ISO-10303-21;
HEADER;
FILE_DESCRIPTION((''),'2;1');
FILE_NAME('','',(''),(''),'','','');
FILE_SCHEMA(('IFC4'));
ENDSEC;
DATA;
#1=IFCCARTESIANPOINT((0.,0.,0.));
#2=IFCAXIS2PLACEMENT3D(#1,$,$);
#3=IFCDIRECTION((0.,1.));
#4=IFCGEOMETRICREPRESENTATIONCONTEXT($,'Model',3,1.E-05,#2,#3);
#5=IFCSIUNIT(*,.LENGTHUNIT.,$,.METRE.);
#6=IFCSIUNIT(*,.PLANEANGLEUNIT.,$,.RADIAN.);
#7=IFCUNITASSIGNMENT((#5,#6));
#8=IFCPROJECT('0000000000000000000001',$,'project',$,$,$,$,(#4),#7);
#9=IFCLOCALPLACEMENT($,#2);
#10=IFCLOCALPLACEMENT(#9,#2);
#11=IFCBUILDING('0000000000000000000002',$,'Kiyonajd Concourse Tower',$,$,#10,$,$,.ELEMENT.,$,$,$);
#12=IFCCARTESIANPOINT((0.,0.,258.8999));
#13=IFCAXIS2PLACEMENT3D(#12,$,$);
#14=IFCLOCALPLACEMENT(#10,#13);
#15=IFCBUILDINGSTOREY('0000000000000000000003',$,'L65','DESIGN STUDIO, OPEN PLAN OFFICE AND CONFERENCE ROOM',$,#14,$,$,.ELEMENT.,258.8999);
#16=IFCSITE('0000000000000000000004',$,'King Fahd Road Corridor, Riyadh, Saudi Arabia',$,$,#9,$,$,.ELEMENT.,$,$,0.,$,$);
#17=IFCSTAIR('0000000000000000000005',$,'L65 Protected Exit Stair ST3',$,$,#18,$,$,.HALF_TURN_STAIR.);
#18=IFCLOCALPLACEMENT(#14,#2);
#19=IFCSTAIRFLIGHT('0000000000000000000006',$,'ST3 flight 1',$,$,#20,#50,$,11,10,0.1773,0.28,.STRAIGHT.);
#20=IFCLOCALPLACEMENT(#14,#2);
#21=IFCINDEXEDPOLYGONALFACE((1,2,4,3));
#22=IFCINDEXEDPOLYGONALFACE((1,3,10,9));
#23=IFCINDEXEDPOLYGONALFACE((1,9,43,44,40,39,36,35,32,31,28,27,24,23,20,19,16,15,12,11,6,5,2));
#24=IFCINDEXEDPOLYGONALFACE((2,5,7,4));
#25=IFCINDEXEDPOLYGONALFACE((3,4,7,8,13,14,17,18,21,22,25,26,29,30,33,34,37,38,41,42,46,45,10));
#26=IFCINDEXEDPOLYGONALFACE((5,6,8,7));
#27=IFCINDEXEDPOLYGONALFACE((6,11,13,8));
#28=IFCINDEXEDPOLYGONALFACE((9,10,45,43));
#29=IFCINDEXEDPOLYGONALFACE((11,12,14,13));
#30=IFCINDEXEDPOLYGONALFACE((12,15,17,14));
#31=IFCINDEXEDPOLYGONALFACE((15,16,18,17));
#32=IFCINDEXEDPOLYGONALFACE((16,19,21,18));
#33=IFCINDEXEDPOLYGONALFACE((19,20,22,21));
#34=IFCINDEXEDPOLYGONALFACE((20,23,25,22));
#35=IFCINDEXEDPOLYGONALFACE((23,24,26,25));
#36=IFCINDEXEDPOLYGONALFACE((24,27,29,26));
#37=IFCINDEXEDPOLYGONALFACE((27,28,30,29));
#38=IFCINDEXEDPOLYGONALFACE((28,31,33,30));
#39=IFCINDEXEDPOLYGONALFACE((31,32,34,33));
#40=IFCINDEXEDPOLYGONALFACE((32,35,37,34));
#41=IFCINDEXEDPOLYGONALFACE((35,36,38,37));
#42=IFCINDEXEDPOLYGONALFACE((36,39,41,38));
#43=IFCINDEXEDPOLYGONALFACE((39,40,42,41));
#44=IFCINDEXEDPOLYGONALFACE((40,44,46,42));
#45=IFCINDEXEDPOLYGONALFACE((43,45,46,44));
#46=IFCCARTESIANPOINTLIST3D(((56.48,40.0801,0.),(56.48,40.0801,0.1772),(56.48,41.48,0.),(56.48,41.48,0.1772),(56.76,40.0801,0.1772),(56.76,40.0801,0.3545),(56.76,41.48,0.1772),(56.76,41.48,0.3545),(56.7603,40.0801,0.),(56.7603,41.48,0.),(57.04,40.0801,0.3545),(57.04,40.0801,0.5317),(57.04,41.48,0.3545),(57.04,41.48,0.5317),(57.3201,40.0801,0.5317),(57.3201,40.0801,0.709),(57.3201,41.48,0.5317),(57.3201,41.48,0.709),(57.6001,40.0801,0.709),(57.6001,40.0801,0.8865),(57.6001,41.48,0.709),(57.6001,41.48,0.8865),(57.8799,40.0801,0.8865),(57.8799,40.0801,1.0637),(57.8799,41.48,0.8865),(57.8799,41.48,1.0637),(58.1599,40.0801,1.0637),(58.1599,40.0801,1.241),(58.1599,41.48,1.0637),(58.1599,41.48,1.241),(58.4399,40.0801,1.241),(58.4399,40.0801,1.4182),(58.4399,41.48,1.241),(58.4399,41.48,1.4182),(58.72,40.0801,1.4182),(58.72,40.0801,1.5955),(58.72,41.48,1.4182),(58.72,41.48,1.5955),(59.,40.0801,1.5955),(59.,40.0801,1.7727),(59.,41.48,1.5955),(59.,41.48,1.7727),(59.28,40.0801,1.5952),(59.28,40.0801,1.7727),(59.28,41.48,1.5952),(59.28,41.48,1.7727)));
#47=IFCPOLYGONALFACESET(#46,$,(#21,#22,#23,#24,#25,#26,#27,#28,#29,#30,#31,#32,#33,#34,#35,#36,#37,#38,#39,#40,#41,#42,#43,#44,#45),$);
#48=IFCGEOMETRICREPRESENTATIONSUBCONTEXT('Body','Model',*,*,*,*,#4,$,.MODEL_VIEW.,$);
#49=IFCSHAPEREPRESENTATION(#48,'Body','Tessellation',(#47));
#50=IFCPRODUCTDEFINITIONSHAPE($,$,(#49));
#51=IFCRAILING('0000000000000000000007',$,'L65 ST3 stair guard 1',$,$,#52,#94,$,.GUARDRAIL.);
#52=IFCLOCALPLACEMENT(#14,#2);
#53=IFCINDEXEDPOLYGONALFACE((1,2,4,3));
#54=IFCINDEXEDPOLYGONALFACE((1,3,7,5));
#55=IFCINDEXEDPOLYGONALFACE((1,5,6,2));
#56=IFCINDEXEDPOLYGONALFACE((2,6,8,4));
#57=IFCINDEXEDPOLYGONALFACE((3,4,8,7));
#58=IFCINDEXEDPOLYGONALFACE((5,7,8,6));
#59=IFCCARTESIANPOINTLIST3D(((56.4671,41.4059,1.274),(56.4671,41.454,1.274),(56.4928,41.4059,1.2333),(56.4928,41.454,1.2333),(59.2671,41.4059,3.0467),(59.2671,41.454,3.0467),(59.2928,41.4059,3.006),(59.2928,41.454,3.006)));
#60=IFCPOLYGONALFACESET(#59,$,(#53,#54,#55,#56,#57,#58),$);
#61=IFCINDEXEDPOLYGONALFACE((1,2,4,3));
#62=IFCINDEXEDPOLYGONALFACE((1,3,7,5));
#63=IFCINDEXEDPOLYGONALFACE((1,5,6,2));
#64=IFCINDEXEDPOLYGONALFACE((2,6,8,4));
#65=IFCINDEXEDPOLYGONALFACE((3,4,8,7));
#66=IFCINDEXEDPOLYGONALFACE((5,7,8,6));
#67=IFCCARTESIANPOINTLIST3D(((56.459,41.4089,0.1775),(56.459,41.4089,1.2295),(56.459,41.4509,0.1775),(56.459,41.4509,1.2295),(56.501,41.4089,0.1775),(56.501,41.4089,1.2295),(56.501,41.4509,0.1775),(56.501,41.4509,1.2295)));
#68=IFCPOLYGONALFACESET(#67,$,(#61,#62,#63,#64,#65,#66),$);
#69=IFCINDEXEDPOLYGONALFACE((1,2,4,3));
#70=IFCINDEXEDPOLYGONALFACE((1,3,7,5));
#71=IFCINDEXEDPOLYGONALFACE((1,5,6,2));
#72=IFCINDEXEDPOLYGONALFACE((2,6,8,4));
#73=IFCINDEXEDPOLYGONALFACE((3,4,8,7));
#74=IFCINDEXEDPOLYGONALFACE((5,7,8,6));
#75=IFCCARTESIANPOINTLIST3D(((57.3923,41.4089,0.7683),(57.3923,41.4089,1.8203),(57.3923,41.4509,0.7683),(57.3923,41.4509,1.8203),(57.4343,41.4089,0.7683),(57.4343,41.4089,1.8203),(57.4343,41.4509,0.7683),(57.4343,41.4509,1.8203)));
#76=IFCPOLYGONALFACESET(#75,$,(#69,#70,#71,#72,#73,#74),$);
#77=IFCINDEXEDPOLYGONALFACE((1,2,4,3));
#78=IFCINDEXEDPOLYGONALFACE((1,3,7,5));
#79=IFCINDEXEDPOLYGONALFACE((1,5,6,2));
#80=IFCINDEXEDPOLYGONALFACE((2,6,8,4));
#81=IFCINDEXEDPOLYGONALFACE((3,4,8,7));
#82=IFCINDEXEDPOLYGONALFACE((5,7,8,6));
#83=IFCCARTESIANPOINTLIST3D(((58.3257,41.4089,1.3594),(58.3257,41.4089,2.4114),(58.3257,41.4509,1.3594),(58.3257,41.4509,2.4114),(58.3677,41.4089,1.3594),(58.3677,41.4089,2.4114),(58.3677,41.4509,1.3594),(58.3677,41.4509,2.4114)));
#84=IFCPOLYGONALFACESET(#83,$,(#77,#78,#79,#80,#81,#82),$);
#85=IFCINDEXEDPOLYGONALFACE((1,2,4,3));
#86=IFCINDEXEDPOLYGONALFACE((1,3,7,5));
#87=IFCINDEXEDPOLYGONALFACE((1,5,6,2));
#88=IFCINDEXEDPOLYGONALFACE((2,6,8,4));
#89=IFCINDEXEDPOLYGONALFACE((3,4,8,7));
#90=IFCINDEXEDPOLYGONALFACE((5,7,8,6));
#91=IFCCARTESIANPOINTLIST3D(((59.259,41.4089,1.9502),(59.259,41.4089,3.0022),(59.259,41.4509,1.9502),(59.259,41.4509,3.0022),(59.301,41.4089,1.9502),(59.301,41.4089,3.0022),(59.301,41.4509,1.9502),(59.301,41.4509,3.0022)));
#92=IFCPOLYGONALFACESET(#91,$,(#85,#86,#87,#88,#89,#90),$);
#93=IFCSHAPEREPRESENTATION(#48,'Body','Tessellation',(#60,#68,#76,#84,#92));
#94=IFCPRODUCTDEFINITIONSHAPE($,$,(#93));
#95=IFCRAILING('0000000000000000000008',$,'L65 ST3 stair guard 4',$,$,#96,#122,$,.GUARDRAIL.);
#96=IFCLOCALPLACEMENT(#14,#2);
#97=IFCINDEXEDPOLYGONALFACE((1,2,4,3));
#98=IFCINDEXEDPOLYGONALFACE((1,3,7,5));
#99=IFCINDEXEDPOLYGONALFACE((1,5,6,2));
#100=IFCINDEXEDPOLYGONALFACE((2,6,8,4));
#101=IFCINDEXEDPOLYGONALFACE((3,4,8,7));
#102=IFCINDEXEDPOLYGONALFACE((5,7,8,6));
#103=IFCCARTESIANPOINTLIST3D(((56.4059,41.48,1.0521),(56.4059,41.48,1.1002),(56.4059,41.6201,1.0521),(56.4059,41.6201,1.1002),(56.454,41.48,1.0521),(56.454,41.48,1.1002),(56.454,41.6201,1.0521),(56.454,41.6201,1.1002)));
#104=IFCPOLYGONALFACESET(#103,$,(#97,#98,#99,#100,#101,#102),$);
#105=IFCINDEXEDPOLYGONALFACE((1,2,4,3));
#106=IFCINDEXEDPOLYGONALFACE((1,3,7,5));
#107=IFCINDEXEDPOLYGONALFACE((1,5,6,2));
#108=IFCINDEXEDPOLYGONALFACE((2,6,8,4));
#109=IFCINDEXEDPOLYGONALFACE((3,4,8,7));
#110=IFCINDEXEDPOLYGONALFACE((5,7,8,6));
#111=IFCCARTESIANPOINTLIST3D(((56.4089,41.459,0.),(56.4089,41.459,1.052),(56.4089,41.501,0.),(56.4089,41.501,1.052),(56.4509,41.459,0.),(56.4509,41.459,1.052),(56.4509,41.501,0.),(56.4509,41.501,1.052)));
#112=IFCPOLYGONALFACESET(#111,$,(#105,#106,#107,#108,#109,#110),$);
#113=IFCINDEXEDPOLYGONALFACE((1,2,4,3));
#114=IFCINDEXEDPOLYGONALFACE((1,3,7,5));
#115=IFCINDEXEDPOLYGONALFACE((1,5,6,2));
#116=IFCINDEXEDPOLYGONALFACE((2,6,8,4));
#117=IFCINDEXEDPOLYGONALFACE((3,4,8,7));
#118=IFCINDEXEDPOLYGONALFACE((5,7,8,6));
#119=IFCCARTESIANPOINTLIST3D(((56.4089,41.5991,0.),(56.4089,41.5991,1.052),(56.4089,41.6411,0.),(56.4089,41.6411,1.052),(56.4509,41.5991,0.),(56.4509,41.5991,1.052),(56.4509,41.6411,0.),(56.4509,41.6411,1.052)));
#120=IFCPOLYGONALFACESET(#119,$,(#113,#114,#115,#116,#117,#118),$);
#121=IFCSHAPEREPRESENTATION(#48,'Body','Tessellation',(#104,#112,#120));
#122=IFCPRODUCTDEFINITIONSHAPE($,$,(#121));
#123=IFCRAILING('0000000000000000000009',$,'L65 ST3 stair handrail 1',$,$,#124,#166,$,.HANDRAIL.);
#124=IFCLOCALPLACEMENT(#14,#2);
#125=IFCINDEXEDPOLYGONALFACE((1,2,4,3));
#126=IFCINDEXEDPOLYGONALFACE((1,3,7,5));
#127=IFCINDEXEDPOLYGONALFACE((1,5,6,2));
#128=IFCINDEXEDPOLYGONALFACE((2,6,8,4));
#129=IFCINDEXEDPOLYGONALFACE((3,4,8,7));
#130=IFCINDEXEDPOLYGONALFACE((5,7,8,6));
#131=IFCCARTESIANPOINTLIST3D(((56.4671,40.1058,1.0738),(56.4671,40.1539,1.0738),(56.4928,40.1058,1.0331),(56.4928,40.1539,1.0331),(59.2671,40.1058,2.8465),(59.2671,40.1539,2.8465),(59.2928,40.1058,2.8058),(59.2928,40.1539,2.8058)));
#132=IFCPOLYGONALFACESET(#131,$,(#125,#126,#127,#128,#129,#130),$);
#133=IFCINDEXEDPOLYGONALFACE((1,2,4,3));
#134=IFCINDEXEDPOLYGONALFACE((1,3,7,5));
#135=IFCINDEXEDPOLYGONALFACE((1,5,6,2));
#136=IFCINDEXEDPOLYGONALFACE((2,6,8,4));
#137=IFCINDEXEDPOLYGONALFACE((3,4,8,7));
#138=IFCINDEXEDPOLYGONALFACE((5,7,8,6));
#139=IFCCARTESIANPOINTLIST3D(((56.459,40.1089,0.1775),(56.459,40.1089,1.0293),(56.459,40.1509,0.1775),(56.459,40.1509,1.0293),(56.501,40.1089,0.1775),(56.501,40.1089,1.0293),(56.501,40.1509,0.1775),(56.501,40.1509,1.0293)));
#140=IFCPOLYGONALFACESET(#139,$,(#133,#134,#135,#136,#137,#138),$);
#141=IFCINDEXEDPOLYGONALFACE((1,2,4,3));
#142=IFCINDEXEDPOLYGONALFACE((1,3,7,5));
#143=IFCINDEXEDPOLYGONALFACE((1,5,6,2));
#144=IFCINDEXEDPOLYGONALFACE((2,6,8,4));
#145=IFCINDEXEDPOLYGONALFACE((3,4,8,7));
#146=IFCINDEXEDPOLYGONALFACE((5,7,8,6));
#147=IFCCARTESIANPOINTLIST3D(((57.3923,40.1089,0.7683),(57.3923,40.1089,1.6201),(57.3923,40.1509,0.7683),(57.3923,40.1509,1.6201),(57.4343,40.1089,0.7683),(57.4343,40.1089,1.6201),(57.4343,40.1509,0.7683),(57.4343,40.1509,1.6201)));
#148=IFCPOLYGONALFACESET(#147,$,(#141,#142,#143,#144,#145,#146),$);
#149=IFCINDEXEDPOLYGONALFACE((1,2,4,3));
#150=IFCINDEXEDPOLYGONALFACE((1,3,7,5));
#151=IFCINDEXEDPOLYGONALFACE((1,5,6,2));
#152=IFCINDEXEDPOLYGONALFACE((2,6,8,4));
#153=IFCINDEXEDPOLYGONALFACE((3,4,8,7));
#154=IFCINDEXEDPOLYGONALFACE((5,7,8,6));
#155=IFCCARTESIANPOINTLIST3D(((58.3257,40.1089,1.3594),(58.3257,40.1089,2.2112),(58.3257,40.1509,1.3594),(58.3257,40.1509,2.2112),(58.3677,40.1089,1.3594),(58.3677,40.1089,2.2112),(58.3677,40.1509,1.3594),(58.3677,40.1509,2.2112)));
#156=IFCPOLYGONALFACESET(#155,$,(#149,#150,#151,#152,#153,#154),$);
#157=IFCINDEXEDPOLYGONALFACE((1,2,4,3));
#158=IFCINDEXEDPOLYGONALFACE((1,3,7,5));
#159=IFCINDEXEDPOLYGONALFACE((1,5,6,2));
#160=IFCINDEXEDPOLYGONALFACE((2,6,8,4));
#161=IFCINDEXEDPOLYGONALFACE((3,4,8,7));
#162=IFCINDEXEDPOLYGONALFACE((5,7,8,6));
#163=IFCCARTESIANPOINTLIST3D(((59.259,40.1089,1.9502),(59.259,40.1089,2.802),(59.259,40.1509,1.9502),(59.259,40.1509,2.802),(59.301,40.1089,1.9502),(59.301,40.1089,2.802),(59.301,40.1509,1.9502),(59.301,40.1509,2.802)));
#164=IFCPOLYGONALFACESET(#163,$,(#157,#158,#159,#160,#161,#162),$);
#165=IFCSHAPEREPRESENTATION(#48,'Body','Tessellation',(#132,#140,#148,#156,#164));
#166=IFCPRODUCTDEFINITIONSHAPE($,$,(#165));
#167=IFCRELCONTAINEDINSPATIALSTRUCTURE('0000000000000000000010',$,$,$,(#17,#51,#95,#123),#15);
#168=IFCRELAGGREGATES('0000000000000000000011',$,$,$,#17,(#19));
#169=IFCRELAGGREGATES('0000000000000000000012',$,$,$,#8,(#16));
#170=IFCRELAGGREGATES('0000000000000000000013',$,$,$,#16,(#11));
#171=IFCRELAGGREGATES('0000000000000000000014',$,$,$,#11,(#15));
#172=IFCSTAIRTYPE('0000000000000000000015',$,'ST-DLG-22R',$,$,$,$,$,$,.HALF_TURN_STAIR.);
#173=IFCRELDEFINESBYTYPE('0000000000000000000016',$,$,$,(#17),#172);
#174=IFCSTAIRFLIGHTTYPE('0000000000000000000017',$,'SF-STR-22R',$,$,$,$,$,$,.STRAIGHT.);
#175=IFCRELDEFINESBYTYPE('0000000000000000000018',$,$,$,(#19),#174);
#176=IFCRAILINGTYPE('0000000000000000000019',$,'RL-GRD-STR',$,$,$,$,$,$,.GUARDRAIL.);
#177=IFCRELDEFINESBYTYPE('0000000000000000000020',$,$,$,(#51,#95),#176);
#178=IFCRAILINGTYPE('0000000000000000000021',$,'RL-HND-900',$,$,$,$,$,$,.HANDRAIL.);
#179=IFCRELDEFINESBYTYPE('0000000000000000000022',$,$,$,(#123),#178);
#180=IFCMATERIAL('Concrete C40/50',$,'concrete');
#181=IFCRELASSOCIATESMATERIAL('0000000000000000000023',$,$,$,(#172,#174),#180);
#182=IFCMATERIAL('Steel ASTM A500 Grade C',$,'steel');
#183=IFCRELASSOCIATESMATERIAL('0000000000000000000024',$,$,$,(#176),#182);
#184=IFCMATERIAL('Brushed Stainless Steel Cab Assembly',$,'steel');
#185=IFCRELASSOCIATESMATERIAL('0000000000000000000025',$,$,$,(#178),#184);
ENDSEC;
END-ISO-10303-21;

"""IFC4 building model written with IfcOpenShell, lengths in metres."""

from ifc_helpers import new_model, si_unit, direction, frame, origin, origin_2d, place, context, subcontext, project, spatial, polyline, rectangle, outline, extrude, material, type_object, element, aggregate, save


model = new_model("IFC4")

# Units and contexts
model_context = context("Model", 3, precision=1e-05, world=origin(), true_north=direction((0.0, 1.0)))
body_context = subcontext(model_context, "Body", "Model", "MODEL_VIEW")
ifc_project = project(units=[si_unit("LENGTHUNIT", "METRE"), si_unit("PLANEANGLEUNIT", "RADIAN")], contexts=[model_context])

# Site, building, storey
site_placement = place(None, origin())
site = spatial("IfcSite", under=ifc_project, at=site_placement, Name="King Fahd Road Corridor, Riyadh, Saudi Arabia", CompositionType="ELEMENT", RefElevation=0.0)
building_placement = place(site_placement, origin())
building = spatial("IfcBuilding", under=site, at=building_placement, Name="Kiyonajd Concourse Tower", CompositionType="ELEMENT")
storey_placement = place(building_placement, frame((0.0, 0.0, 258.8999)))
storey = spatial("IfcBuildingStorey", under=building, at=storey_placement, Name="L65", Description="DESIGN STUDIO, OPEN PLAN OFFICE AND CONFERENCE ROOM", CompositionType="ELEMENT", Elevation=258.8999)

# Shared definitions
ifc_material_1 = material(Name="Brushed Stainless Steel Cab Assembly", Category="steel")

# Stair, stair flight
ifc_material_2 = material(Name="Concrete C40/50", Category="concrete")
stair_type = type_object("IfcStairType", Name="ST-DLG-22R", PredefinedType="HALF_TURN_STAIR", material=ifc_material_2)
stair_placement = place(storey_placement, origin())
stair = element("IfcStair", 1, at=stair_placement, inside=storey, type_object=stair_type, Name="L65 Protected Exit Stair ST3", PredefinedType="HALF_TURN_STAIR")
stair_flight_type = type_object("IfcStairFlightType", Name="SF-STR-22R", PredefinedType="STRAIGHT", material=ifc_material_2)
stair_flight_placement = place(storey_placement, frame((56.48, 40.78, 0.0), z_axis=(0.0, 0.0, 1.0), x_axis=(1.0, 0.0, 0.0)))
stair_flight = element("IfcStairFlight", 2, at=stair_flight_placement, type_object=stair_flight_type, Name="ST3 flight 1", NumberOfRisers=11, NumberOfTreads=10, PredefinedType="STRAIGHT", RiserHeight=0.1773, TreadLength=0.28, context=body_context, shape_type="SweptSolid", body=[
    extrude(outline(polyline([(0.0, 0.0), (0.0, 0.1772), (0.28, 0.1772), (0.28, 0.3545), (0.5601, 0.3545), (0.5601, 0.5317), (0.8401, 0.5317), (0.8401, 0.709), (1.1201, 0.709), (1.1201, 0.8865), (1.3999, 0.8865), (1.3999, 1.0637), (1.6799, 1.0637), (1.6799, 1.241), (1.96, 1.241), (1.96, 1.4182), (2.24, 1.4182), (2.24, 1.5955), (2.52, 1.5955), (2.52, 1.7727), (2.8, 1.7727), (2.8, 1.95), (2.8, 1.5952), (0.2803, 0.0), (0.0, 0.0)])), frame((0.0, 0.7, 0.0), z_axis=(0.0, -1.0, 0.0), x_axis=(1.0, 0.0, 0.0)), (0.0, 0.0, 1.0), 1.3999),
])
aggregate(stair, [stair_flight])

# Railings
ifc_material_3 = material(Name="Steel ASTM A500 Grade C", Category="steel")
railing_type_1 = type_object("IfcRailingType", Name="RL-GRD-STR", PredefinedType="GUARDRAIL", material=ifc_material_3)
railing_1_placement = place(storey_placement, frame((56.48, 41.4299, 0.1775)))
element("IfcRailing", 3, at=railing_1_placement, inside=storey, type_object=railing_type_1, Name="L65 ST3 stair guard 1", PredefinedType="GUARDRAIL", context=body_context, shape_type="SweptSolid", body=[
    extrude(rectangle(XDim=0.0481, YDim=0.0481, at=origin_2d()), frame((0.0, 0.0, 1.0762), z_axis=(0.844909, 0.0, 0.53491), x_axis=(0.0, 1.0, 0.0)), (0.0, 0.0, 1.0), 3.314),
    extrude(rectangle(XDim=0.042, YDim=0.042, at=origin_2d()), origin(), (0.0, 0.0, 1.0), 1.052),
    extrude(rectangle(XDim=0.042, YDim=0.042, at=origin_2d()), frame((0.9333, 0.0, 0.5908)), (0.0, 0.0, 1.0), 1.052),
    extrude(rectangle(XDim=0.042, YDim=0.042, at=origin_2d()), frame((1.8667, 0.0, 1.1819)), (0.0, 0.0, 1.0), 1.052),
    extrude(rectangle(XDim=0.042, YDim=0.042, at=origin_2d()), frame((2.8, 0.0, 1.7727)), (0.0, 0.0, 1.0), 1.052),
])
railing_2_placement = place(storey_placement, frame((56.4299, 41.48, 0.0)))
element("IfcRailing", 4, at=railing_2_placement, inside=storey, type_object=railing_type_1, Name="L65 ST3 stair guard 4", PredefinedType="GUARDRAIL", context=body_context, shape_type="SweptSolid", body=[
    extrude(rectangle(XDim=0.0481, YDim=0.0481, at=origin_2d()), frame((0.0, 0.0, 1.0762), z_axis=(0.0, 1.0, 0.0), x_axis=(-1.0, 0.0, 0.0)), (0.0, 0.0, 1.0), 0.1401),
    extrude(rectangle(XDim=0.042, YDim=0.042, at=origin_2d()), origin(), (0.0, 0.0, 1.0), 1.052),
    extrude(rectangle(XDim=0.042, YDim=0.042, at=origin_2d()), frame((0.0, 0.1401, 0.0)), (0.0, 0.0, 1.0), 1.052),
])
railing_type_2 = type_object("IfcRailingType", Name="RL-HND-900", PredefinedType="HANDRAIL", material=ifc_material_1)
railing_3_placement = place(storey_placement, frame((56.48, 40.1299, 0.1775)))
element("IfcRailing", 5, at=railing_3_placement, inside=storey, type_object=railing_type_2, Name="L65 ST3 stair handrail 1", PredefinedType="HANDRAIL", context=body_context, shape_type="SweptSolid", body=[
    extrude(rectangle(XDim=0.0481, YDim=0.0481, at=origin_2d()), frame((0.0, 0.0, 0.876), z_axis=(0.844909, 0.0, 0.53491), x_axis=(0.0, 1.0, 0.0)), (0.0, 0.0, 1.0), 3.314),
    extrude(rectangle(XDim=0.042, YDim=0.042, at=origin_2d()), origin(), (0.0, 0.0, 1.0), 0.8518),
    extrude(rectangle(XDim=0.042, YDim=0.042, at=origin_2d()), frame((0.9333, 0.0, 0.5908)), (0.0, 0.0, 1.0), 0.8518),
    extrude(rectangle(XDim=0.042, YDim=0.042, at=origin_2d()), frame((1.8667, 0.0, 1.1819)), (0.0, 0.0, 1.0), 0.8518),
    extrude(rectangle(XDim=0.042, YDim=0.042, at=origin_2d()), frame((2.8, 0.0, 1.7727)), (0.0, 0.0, 1.0), 0.8518),
])

save(model, "model.ifc")
